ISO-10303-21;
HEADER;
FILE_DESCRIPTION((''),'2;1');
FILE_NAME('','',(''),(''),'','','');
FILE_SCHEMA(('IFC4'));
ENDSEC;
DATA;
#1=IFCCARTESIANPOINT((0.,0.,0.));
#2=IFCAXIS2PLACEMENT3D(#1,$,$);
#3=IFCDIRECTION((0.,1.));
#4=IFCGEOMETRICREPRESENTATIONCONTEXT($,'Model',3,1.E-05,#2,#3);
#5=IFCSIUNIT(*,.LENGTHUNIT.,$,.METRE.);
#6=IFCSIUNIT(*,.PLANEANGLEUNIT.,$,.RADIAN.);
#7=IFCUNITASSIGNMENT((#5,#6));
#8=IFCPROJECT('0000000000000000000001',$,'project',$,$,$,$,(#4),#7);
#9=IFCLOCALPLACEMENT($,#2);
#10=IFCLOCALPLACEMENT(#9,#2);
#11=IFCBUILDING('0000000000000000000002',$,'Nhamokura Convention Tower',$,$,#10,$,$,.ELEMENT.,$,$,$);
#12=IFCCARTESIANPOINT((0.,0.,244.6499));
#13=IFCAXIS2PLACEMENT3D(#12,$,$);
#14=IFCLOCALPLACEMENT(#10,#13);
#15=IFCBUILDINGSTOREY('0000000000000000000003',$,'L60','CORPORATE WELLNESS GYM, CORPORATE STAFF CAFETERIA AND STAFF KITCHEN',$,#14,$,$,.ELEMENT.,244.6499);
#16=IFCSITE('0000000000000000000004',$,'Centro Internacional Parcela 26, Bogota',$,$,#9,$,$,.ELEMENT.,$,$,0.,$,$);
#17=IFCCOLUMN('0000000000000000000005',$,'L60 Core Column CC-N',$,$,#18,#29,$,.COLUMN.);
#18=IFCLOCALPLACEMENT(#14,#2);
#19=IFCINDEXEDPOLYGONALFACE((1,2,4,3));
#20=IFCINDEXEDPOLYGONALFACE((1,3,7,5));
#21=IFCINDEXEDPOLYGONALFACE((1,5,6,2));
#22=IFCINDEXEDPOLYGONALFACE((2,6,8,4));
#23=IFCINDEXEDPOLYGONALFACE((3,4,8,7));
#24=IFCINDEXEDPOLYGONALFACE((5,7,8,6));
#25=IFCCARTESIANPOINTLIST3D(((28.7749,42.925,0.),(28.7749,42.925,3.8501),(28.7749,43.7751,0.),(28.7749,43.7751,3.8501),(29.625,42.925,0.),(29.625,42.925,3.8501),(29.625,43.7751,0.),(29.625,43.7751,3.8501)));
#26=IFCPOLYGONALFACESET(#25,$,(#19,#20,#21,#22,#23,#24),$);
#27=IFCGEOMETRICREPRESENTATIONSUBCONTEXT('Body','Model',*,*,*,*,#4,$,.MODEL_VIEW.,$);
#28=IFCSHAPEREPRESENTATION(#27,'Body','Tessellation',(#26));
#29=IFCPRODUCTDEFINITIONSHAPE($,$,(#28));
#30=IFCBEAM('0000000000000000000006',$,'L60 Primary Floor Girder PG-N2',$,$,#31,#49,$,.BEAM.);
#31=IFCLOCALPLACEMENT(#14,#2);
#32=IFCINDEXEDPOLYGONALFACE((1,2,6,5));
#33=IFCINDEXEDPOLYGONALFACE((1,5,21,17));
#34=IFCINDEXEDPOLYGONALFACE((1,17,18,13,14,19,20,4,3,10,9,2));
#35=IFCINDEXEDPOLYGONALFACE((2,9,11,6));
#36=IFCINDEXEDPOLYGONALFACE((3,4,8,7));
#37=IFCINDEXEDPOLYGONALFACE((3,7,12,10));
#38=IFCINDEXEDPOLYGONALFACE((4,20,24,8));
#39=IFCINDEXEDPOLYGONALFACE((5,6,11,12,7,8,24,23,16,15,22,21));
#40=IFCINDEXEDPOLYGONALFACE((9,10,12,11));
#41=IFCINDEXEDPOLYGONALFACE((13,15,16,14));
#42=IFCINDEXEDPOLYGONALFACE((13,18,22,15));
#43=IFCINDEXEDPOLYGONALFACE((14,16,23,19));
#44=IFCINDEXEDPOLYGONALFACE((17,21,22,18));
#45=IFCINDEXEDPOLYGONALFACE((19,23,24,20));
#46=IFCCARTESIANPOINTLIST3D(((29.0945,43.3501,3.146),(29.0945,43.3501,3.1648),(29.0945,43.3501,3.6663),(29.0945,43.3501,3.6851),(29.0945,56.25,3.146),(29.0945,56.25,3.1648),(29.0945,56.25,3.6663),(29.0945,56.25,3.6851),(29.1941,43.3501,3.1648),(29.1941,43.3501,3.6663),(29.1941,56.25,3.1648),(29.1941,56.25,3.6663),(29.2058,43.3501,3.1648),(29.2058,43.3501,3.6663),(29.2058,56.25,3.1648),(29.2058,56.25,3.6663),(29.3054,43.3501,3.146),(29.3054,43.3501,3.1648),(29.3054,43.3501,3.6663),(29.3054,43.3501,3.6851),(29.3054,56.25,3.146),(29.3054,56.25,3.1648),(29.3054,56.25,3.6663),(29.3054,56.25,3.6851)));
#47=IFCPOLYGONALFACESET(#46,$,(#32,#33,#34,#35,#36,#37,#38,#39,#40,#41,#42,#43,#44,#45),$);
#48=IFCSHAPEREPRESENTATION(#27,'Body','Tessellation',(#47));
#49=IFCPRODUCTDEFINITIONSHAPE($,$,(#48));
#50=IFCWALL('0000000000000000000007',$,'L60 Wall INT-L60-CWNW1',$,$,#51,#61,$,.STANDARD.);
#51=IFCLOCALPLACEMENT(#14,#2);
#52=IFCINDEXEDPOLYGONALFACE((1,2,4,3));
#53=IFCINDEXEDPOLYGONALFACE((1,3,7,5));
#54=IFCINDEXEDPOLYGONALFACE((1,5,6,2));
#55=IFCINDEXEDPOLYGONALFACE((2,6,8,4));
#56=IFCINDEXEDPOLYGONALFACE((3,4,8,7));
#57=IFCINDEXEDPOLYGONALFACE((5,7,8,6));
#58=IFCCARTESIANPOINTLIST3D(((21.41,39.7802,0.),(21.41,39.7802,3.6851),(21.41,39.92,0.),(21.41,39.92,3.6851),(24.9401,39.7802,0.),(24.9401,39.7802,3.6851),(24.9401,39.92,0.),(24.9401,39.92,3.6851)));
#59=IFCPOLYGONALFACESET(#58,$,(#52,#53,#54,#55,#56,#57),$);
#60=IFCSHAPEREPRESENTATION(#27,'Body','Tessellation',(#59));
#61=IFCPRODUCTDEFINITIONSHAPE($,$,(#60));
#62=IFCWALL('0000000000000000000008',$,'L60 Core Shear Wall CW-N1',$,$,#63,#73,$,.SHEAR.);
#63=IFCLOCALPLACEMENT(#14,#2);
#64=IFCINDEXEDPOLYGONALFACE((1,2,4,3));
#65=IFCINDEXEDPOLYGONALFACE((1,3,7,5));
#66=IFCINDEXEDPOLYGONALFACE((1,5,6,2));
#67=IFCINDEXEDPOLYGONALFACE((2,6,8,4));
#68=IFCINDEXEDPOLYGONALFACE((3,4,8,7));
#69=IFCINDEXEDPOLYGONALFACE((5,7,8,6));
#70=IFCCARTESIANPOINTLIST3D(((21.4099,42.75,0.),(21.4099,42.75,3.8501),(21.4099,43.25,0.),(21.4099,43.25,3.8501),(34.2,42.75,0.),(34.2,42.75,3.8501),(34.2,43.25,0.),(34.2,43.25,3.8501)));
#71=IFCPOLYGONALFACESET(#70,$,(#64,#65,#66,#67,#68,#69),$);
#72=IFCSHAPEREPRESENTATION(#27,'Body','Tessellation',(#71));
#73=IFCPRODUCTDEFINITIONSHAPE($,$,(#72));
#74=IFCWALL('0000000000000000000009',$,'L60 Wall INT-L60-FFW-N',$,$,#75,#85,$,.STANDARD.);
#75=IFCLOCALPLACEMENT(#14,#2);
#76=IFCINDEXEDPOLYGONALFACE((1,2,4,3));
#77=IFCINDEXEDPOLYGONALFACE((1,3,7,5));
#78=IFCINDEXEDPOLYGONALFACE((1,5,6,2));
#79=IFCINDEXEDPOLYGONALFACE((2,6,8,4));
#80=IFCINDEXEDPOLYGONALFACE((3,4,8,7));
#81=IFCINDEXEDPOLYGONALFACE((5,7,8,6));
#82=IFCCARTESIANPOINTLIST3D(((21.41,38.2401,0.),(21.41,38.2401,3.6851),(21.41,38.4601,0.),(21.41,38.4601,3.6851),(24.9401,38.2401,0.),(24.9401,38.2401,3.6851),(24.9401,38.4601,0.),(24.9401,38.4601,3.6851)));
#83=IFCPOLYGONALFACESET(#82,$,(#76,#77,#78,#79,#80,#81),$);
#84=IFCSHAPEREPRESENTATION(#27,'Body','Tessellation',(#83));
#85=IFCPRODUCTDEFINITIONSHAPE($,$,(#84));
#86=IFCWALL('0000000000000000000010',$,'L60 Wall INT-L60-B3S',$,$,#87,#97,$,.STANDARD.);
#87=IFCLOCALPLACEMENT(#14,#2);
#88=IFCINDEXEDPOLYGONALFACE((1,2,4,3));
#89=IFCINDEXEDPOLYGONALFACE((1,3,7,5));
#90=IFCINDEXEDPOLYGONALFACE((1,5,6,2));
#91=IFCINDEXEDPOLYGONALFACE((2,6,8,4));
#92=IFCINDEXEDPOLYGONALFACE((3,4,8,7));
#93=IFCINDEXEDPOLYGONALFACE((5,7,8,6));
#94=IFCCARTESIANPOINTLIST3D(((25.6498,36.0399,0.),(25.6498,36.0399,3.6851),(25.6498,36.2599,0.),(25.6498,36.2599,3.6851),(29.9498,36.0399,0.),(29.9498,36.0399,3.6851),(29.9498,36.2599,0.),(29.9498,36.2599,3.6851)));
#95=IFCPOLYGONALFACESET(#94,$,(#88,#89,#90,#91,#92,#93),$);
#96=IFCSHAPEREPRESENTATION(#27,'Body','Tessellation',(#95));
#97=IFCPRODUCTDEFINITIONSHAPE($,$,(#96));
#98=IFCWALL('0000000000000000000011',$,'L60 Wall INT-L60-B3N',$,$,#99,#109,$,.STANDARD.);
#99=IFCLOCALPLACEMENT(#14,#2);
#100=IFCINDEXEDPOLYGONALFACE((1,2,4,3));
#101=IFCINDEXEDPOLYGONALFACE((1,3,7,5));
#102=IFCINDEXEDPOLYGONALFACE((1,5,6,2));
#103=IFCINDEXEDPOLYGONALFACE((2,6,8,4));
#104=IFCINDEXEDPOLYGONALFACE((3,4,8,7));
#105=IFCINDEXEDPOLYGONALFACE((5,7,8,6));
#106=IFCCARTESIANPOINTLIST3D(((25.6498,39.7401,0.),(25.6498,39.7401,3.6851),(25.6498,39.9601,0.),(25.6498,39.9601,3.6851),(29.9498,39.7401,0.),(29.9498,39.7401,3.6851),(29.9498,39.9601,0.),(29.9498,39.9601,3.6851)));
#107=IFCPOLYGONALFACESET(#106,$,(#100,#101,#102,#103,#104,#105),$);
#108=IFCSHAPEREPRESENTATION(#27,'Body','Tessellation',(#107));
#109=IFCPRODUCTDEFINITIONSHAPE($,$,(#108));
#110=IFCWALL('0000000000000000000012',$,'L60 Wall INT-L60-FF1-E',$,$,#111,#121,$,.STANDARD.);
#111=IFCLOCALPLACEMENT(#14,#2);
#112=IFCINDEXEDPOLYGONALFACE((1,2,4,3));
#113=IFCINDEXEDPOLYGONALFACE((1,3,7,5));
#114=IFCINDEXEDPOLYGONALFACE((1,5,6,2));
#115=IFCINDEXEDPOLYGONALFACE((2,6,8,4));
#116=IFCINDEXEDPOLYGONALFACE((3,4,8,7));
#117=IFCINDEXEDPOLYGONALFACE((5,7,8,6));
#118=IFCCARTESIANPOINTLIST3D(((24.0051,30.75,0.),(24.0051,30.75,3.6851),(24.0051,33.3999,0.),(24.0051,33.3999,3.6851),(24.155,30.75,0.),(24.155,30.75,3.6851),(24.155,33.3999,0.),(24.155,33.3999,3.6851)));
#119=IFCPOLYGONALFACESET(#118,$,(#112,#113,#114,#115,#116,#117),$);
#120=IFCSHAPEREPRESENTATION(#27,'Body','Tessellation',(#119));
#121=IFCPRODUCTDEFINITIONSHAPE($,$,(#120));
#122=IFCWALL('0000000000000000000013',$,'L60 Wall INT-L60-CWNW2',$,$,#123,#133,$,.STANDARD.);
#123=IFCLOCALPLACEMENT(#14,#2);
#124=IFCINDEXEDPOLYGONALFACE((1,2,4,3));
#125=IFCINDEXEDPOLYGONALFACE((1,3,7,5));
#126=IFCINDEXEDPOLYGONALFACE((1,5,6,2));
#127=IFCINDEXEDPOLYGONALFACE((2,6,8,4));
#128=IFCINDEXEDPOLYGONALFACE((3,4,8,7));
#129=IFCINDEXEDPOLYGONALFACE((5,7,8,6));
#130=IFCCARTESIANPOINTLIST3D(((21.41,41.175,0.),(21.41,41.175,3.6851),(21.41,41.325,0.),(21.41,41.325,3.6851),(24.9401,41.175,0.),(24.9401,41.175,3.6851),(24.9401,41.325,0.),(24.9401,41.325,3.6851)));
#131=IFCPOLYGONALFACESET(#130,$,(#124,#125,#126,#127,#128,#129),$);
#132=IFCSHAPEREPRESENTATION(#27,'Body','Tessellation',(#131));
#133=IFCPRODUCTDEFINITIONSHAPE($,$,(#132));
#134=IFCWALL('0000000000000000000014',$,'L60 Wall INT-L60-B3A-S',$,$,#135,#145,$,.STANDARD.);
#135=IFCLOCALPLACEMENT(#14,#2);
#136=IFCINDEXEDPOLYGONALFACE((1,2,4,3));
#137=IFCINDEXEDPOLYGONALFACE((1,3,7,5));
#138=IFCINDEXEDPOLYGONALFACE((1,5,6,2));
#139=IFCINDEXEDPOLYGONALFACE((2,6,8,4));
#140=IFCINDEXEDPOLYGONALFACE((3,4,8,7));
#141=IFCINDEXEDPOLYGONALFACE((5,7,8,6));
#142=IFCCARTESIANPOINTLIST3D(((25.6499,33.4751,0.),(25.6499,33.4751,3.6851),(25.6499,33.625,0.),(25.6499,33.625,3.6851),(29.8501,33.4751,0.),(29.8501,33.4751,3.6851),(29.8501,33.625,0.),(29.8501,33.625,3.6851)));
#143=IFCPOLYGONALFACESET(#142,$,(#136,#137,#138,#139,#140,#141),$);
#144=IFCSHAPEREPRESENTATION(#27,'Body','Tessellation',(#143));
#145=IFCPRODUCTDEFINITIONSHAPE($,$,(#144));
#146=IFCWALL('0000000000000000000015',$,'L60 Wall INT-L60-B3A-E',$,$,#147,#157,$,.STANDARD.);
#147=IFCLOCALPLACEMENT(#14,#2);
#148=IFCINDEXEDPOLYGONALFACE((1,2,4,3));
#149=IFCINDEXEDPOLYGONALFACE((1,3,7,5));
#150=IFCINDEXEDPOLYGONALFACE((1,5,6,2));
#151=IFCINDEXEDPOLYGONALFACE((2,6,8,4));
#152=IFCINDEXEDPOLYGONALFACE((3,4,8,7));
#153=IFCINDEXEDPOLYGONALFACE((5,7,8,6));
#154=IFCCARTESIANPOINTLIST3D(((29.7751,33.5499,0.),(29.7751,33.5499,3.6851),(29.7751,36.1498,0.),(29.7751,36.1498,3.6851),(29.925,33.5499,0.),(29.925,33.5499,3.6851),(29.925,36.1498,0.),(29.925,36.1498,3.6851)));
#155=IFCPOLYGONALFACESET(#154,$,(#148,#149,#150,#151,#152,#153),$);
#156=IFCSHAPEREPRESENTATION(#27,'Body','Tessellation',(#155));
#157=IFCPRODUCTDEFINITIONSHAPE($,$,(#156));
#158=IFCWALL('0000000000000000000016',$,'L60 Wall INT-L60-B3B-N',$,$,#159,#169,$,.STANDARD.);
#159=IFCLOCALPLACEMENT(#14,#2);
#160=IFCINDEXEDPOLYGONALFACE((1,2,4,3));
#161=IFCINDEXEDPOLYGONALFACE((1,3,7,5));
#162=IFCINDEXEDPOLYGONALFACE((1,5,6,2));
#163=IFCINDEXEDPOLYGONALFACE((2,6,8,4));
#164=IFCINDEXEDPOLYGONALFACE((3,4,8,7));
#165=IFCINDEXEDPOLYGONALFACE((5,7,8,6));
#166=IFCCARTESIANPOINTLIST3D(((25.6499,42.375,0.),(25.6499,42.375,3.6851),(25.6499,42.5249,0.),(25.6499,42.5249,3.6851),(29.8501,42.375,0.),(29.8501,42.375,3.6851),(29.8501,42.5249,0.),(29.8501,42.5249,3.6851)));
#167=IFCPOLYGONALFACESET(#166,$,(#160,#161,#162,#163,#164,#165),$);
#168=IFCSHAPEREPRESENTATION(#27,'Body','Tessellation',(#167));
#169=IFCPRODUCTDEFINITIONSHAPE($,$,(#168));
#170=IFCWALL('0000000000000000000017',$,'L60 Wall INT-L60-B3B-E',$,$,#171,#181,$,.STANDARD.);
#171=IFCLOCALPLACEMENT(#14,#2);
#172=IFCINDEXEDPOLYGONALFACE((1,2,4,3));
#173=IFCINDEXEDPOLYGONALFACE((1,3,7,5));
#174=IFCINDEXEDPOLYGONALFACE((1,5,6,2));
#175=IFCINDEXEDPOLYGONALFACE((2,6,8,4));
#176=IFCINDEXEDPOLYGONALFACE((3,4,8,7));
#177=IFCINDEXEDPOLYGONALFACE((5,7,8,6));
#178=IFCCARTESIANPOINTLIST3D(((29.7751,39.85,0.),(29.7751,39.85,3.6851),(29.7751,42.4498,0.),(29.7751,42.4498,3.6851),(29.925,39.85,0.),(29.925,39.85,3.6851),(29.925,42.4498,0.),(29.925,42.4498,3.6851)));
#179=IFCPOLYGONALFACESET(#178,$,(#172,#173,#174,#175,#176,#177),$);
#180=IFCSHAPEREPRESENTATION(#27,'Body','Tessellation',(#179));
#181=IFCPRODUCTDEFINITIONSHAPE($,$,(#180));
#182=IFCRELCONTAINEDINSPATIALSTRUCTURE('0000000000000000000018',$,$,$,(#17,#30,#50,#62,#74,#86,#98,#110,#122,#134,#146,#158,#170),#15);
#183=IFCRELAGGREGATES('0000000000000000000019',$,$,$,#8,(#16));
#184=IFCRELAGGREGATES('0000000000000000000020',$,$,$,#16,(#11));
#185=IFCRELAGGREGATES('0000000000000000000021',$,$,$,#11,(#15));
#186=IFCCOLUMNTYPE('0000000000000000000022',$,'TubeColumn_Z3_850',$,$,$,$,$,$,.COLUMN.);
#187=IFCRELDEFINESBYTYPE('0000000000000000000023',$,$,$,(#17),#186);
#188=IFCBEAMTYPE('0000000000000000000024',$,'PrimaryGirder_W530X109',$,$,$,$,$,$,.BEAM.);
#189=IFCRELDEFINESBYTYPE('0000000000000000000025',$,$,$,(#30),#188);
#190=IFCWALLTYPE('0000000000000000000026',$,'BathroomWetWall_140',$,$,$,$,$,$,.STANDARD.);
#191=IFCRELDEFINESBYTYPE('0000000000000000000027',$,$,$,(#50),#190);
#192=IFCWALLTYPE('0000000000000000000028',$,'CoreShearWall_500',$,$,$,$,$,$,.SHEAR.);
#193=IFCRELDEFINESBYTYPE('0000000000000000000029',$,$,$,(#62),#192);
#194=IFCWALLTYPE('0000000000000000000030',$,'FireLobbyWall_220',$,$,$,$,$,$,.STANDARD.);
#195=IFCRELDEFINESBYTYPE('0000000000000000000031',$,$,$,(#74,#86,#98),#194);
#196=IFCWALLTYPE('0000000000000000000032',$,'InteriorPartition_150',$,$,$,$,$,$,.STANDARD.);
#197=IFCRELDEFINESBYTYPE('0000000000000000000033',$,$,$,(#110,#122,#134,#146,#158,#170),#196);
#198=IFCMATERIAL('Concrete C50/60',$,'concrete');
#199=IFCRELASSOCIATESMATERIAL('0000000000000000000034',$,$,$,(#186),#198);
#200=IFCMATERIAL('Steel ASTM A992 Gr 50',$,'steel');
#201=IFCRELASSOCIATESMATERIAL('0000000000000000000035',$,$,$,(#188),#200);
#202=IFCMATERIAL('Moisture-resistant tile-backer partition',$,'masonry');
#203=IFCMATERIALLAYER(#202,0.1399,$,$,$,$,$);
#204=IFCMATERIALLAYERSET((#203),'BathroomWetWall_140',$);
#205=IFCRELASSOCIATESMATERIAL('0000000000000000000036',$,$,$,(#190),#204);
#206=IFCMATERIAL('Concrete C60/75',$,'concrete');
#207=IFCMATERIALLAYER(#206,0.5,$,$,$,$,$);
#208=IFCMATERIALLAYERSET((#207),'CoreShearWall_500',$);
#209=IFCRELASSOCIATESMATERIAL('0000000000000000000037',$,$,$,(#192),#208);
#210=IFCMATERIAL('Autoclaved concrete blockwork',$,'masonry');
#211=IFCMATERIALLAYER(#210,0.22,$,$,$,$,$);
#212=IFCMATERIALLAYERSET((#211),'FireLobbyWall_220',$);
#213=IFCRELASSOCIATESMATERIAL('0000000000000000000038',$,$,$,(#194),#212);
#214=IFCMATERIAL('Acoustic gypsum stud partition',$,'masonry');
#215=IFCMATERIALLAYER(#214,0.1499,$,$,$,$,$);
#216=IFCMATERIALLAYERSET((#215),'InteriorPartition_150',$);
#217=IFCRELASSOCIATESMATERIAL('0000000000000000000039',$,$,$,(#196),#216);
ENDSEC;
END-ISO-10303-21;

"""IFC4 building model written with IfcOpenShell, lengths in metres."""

from ifc_helpers import new_model, si_unit, direction, frame, frame_2d, origin, origin_2d, place, context, subcontext, project, spatial, rectangle, i_section, extrude, material, layer, layer_set, material_profile, profile_set, type_object, element, save


model = new_model("IFC4")

# Units and contexts
model_context = context("Model", 3, precision=1e-05, world=origin(), true_north=direction((0.0, 1.0)))
body_context = subcontext(model_context, "Body", "Model", "MODEL_VIEW")
ifc_project = project(units=[si_unit("LENGTHUNIT", "METRE"), si_unit("PLANEANGLEUNIT", "RADIAN")], contexts=[model_context])

# Site, building, storey
site_placement = place(None, origin())
site = spatial("IfcSite", under=ifc_project, at=site_placement, Name="Centro Internacional Parcela 26, Bogota", CompositionType="ELEMENT", RefElevation=0.0)
building_placement = place(site_placement, origin())
building = spatial("IfcBuilding", under=site, at=building_placement, Name="Nhamokura Convention Tower", CompositionType="ELEMENT")
storey_placement = place(building_placement, frame((0.0, 0.0, 244.6499)))
storey = spatial("IfcBuildingStorey", under=building, at=storey_placement, Name="L60", Description="CORPORATE WELLNESS GYM, CORPORATE STAFF CAFETERIA AND STAFF KITCHEN", CompositionType="ELEMENT", Elevation=244.6499)

# Column
ifc_material_1 = material(Name="Concrete C50/60", Category="concrete")
ifc_material_profile_1 = material_profile(ifc_material_1, rectangle(XDim=0.8501, YDim=0.8501, at=origin_2d()))
ifc_profile_set_1 = profile_set([ifc_material_profile_1], Name="Concrete C50/60")
column_type = type_object("IfcColumnType", Name="TubeColumn_Z3_850", PredefinedType="COLUMN", material=ifc_profile_set_1)
column_placement = place(storey_placement, frame((29.2, 43.3501, 0.0), z_axis=(0.0, 0.0, 1.0), x_axis=(1.0, 0.0, 0.0)))
element("IfcColumn", 1, at=column_placement, inside=storey, type_object=column_type, Name="L60 Core Column CC-N", PredefinedType="COLUMN", context=body_context, shape_type="SweptSolid", body=[
    extrude(rectangle(XDim=0.8501, YDim=0.8501, at=origin_2d()), origin(), (0.0, 0.0, 1.0), 3.8501),
])

# Beam
ifc_material_2 = material(Name="Steel ASTM A992 Gr 50", Category="steel")
ifc_material_profile_2 = material_profile(ifc_material_2, i_section(OverallWidth=0.2109, OverallDepth=0.5391, WebThickness=0.0117, FlangeThickness=0.0188, at=origin_2d()))
ifc_profile_set_2 = profile_set([ifc_material_profile_2], Name="Steel ASTM A992 Gr 50")
beam_type = type_object("IfcBeamType", Name="PrimaryGirder_W530X109", PredefinedType="BEAM", material=ifc_profile_set_2)
beam_placement = place(storey_placement, frame((29.2, 43.3501, 3.4155), z_axis=(0.0, 1.0, 0.0), x_axis=(-1.0, 0.0, 0.0)))
element("IfcBeam", 2, at=beam_placement, inside=storey, type_object=beam_type, Name="L60 Primary Floor Girder PG-N2", PredefinedType="BEAM", context=body_context, shape_type="SweptSolid", body=[
    extrude(i_section(OverallWidth=0.2109, OverallDepth=0.5391, WebThickness=0.0117, FlangeThickness=0.0188, at=origin_2d()), origin(), (0.0, 0.0, 1.0), 12.8999),
])

# Walls
ifc_material_3 = material(Name="Moisture-resistant tile-backer partition", Category="masonry")
ifc_layer_1 = layer(ifc_material_3, 0.1399)
ifc_layer_set_1 = layer_set([ifc_layer_1], Name="BathroomWetWall_140")
wall_type_1 = type_object("IfcWallType", Name="BathroomWetWall_140", PredefinedType="STANDARD", material=ifc_layer_set_1)
wall_1_placement = place(storey_placement, frame((21.4099, 39.8501, 0.0), z_axis=(0.0, 0.0, 1.0), x_axis=(1.0, 0.0, 0.0)))
element("IfcWall", 3, at=wall_1_placement, inside=storey, type_object=wall_type_1, Name="L60 Wall INT-L60-CWNW1", PredefinedType="STANDARD", context=body_context, shape_type="SweptSolid", body=[
    extrude(rectangle(XDim=3.53, YDim=0.1399, at=frame_2d((1.7651, 0.0))), origin(), (0.0, 0.0, 1.0), 3.6851),
])
ifc_material_4 = material(Name="Concrete C60/75", Category="concrete")
ifc_layer_2 = layer(ifc_material_4, 0.5)
ifc_layer_set_2 = layer_set([ifc_layer_2], Name="CoreShearWall_500")
wall_type_2 = type_object("IfcWallType", Name="CoreShearWall_500", PredefinedType="SHEAR", material=ifc_layer_set_2)
wall_2_placement = place(storey_placement, frame((21.4099, 43.0, 0.0), z_axis=(0.0, 0.0, 1.0), x_axis=(1.0, 0.0, 0.0)))
element("IfcWall", 4, at=wall_2_placement, inside=storey, type_object=wall_type_2, Name="L60 Core Shear Wall CW-N1", PredefinedType="SHEAR", context=body_context, shape_type="SweptSolid", body=[
    extrude(rectangle(XDim=12.79, YDim=0.5, at=frame_2d((6.395, 0.0))), origin(), (0.0, 0.0, 1.0), 3.8501),
])

# Walls
ifc_material_5 = material(Name="Autoclaved concrete blockwork", Category="masonry")
ifc_layer_3 = layer(ifc_material_5, 0.22)
ifc_layer_set_3 = layer_set([ifc_layer_3], Name="FireLobbyWall_220")
wall_type_3 = type_object("IfcWallType", Name="FireLobbyWall_220", PredefinedType="STANDARD", material=ifc_layer_set_3)
wall_3_placement = place(storey_placement, frame((21.4099, 38.3501, 0.0), z_axis=(0.0, 0.0, 1.0), x_axis=(1.0, 0.0, 0.0)))
element("IfcWall", 5, at=wall_3_placement, inside=storey, type_object=wall_type_3, Name="L60 Wall INT-L60-FFW-N", PredefinedType="STANDARD", context=body_context, shape_type="SweptSolid", body=[
    extrude(rectangle(XDim=3.53, YDim=0.22, at=frame_2d((1.7651, 0.0))), origin(), (0.0, 0.0, 1.0), 3.6851),
])
for number, where, z_axis, x_axis, name in (
    (6, (25.6499, 36.1499, 0.0), (0.0, 0.0, 1.0), (1.0, 0.0, 0.0), "L60 Wall INT-L60-B3S"),
    (7, (25.6499, 39.8501, 0.0), (0.0, 0.0, 1.0), (1.0, 0.0, 0.0), "L60 Wall INT-L60-B3N"),
):
    element("IfcWall", number, at=place(storey_placement, frame(where, z_axis=z_axis, x_axis=x_axis)), inside=storey, type_object=wall_type_3, Name=name, PredefinedType="STANDARD", context=body_context, shape_type="SweptSolid", body=[
        extrude(rectangle(XDim=4.3, YDim=0.22, at=frame_2d((2.1499, 0.0))), origin(), (0.0, 0.0, 1.0), 3.6851),
    ])
ifc_material_6 = material(Name="Acoustic gypsum stud partition", Category="masonry")
ifc_layer_4 = layer(ifc_material_6, 0.1499)
ifc_layer_set_4 = layer_set([ifc_layer_4], Name="InteriorPartition_150")
wall_type_4 = type_object("IfcWallType", Name="InteriorPartition_150", PredefinedType="STANDARD", material=ifc_layer_set_4)
wall_4_placement = place(storey_placement, frame((24.0801, 30.75, 0.0), z_axis=(0.0, 0.0, 1.0), x_axis=(0.0, 1.0, 0.0)))
element("IfcWall", 8, at=wall_4_placement, inside=storey, type_object=wall_type_4, Name="L60 Wall INT-L60-FF1-E", PredefinedType="STANDARD", context=body_context, shape_type="SweptSolid", body=[
    extrude(rectangle(XDim=2.6499, YDim=0.1499, at=frame_2d((1.325, 0.0))), origin(), (0.0, 0.0, 1.0), 3.6851),
])
wall_5_placement = place(storey_placement, frame((21.4099, 41.25, 0.0), z_axis=(0.0, 0.0, 1.0), x_axis=(1.0, 0.0, 0.0)))
element("IfcWall", 9, at=wall_5_placement, inside=storey, type_object=wall_type_4, Name="L60 Wall INT-L60-CWNW2", PredefinedType="STANDARD", context=body_context, shape_type="SweptSolid", body=[
    extrude(rectangle(XDim=3.53, YDim=0.1499, at=frame_2d((1.7651, 0.0))), origin(), (0.0, 0.0, 1.0), 3.6851),
])
wall_6_placement = place(storey_placement, frame((25.6499, 33.55, 0.0), z_axis=(0.0, 0.0, 1.0), x_axis=(1.0, 0.0, 0.0)))
element("IfcWall", 10, at=wall_6_placement, inside=storey, type_object=wall_type_4, Name="L60 Wall INT-L60-B3A-S", PredefinedType="STANDARD", context=body_context, shape_type="SweptSolid", body=[
    extrude(rectangle(XDim=4.2002, YDim=0.1499, at=frame_2d((2.1001, 0.0))), origin(), (0.0, 0.0, 1.0), 3.6851),
])
wall_7_placement = place(storey_placement, frame((29.8501, 33.55, 0.0), z_axis=(0.0, 0.0, 1.0), x_axis=(0.0, 1.0, 0.0)))
element("IfcWall", 11, at=wall_7_placement, inside=storey, type_object=wall_type_4, Name="L60 Wall INT-L60-B3A-E", PredefinedType="STANDARD", context=body_context, shape_type="SweptSolid", body=[
    extrude(rectangle(XDim=2.5999, YDim=0.1499, at=frame_2d((1.2998, 0.0))), origin(), (0.0, 0.0, 1.0), 3.6851),
])
wall_8_placement = place(storey_placement, frame((25.6499, 42.45, 0.0), z_axis=(0.0, 0.0, 1.0), x_axis=(1.0, 0.0, 0.0)))
element("IfcWall", 12, at=wall_8_placement, inside=storey, type_object=wall_type_4, Name="L60 Wall INT-L60-B3B-N", PredefinedType="STANDARD", context=body_context, shape_type="SweptSolid", body=[
    extrude(rectangle(XDim=4.2002, YDim=0.1499, at=frame_2d((2.1001, 0.0))), origin(), (0.0, 0.0, 1.0), 3.6851),
])
wall_9_placement = place(storey_placement, frame((29.8501, 39.8501, 0.0), z_axis=(0.0, 0.0, 1.0), x_axis=(0.0, 1.0, 0.0)))
element("IfcWall", 13, at=wall_9_placement, inside=storey, type_object=wall_type_4, Name="L60 Wall INT-L60-B3B-E", PredefinedType="STANDARD", context=body_context, shape_type="SweptSolid", body=[
    extrude(rectangle(XDim=2.5999, YDim=0.1499, at=frame_2d((1.2998, 0.0))), origin(), (0.0, 0.0, 1.0), 3.6851),
])

save(model, "model.ifc")
